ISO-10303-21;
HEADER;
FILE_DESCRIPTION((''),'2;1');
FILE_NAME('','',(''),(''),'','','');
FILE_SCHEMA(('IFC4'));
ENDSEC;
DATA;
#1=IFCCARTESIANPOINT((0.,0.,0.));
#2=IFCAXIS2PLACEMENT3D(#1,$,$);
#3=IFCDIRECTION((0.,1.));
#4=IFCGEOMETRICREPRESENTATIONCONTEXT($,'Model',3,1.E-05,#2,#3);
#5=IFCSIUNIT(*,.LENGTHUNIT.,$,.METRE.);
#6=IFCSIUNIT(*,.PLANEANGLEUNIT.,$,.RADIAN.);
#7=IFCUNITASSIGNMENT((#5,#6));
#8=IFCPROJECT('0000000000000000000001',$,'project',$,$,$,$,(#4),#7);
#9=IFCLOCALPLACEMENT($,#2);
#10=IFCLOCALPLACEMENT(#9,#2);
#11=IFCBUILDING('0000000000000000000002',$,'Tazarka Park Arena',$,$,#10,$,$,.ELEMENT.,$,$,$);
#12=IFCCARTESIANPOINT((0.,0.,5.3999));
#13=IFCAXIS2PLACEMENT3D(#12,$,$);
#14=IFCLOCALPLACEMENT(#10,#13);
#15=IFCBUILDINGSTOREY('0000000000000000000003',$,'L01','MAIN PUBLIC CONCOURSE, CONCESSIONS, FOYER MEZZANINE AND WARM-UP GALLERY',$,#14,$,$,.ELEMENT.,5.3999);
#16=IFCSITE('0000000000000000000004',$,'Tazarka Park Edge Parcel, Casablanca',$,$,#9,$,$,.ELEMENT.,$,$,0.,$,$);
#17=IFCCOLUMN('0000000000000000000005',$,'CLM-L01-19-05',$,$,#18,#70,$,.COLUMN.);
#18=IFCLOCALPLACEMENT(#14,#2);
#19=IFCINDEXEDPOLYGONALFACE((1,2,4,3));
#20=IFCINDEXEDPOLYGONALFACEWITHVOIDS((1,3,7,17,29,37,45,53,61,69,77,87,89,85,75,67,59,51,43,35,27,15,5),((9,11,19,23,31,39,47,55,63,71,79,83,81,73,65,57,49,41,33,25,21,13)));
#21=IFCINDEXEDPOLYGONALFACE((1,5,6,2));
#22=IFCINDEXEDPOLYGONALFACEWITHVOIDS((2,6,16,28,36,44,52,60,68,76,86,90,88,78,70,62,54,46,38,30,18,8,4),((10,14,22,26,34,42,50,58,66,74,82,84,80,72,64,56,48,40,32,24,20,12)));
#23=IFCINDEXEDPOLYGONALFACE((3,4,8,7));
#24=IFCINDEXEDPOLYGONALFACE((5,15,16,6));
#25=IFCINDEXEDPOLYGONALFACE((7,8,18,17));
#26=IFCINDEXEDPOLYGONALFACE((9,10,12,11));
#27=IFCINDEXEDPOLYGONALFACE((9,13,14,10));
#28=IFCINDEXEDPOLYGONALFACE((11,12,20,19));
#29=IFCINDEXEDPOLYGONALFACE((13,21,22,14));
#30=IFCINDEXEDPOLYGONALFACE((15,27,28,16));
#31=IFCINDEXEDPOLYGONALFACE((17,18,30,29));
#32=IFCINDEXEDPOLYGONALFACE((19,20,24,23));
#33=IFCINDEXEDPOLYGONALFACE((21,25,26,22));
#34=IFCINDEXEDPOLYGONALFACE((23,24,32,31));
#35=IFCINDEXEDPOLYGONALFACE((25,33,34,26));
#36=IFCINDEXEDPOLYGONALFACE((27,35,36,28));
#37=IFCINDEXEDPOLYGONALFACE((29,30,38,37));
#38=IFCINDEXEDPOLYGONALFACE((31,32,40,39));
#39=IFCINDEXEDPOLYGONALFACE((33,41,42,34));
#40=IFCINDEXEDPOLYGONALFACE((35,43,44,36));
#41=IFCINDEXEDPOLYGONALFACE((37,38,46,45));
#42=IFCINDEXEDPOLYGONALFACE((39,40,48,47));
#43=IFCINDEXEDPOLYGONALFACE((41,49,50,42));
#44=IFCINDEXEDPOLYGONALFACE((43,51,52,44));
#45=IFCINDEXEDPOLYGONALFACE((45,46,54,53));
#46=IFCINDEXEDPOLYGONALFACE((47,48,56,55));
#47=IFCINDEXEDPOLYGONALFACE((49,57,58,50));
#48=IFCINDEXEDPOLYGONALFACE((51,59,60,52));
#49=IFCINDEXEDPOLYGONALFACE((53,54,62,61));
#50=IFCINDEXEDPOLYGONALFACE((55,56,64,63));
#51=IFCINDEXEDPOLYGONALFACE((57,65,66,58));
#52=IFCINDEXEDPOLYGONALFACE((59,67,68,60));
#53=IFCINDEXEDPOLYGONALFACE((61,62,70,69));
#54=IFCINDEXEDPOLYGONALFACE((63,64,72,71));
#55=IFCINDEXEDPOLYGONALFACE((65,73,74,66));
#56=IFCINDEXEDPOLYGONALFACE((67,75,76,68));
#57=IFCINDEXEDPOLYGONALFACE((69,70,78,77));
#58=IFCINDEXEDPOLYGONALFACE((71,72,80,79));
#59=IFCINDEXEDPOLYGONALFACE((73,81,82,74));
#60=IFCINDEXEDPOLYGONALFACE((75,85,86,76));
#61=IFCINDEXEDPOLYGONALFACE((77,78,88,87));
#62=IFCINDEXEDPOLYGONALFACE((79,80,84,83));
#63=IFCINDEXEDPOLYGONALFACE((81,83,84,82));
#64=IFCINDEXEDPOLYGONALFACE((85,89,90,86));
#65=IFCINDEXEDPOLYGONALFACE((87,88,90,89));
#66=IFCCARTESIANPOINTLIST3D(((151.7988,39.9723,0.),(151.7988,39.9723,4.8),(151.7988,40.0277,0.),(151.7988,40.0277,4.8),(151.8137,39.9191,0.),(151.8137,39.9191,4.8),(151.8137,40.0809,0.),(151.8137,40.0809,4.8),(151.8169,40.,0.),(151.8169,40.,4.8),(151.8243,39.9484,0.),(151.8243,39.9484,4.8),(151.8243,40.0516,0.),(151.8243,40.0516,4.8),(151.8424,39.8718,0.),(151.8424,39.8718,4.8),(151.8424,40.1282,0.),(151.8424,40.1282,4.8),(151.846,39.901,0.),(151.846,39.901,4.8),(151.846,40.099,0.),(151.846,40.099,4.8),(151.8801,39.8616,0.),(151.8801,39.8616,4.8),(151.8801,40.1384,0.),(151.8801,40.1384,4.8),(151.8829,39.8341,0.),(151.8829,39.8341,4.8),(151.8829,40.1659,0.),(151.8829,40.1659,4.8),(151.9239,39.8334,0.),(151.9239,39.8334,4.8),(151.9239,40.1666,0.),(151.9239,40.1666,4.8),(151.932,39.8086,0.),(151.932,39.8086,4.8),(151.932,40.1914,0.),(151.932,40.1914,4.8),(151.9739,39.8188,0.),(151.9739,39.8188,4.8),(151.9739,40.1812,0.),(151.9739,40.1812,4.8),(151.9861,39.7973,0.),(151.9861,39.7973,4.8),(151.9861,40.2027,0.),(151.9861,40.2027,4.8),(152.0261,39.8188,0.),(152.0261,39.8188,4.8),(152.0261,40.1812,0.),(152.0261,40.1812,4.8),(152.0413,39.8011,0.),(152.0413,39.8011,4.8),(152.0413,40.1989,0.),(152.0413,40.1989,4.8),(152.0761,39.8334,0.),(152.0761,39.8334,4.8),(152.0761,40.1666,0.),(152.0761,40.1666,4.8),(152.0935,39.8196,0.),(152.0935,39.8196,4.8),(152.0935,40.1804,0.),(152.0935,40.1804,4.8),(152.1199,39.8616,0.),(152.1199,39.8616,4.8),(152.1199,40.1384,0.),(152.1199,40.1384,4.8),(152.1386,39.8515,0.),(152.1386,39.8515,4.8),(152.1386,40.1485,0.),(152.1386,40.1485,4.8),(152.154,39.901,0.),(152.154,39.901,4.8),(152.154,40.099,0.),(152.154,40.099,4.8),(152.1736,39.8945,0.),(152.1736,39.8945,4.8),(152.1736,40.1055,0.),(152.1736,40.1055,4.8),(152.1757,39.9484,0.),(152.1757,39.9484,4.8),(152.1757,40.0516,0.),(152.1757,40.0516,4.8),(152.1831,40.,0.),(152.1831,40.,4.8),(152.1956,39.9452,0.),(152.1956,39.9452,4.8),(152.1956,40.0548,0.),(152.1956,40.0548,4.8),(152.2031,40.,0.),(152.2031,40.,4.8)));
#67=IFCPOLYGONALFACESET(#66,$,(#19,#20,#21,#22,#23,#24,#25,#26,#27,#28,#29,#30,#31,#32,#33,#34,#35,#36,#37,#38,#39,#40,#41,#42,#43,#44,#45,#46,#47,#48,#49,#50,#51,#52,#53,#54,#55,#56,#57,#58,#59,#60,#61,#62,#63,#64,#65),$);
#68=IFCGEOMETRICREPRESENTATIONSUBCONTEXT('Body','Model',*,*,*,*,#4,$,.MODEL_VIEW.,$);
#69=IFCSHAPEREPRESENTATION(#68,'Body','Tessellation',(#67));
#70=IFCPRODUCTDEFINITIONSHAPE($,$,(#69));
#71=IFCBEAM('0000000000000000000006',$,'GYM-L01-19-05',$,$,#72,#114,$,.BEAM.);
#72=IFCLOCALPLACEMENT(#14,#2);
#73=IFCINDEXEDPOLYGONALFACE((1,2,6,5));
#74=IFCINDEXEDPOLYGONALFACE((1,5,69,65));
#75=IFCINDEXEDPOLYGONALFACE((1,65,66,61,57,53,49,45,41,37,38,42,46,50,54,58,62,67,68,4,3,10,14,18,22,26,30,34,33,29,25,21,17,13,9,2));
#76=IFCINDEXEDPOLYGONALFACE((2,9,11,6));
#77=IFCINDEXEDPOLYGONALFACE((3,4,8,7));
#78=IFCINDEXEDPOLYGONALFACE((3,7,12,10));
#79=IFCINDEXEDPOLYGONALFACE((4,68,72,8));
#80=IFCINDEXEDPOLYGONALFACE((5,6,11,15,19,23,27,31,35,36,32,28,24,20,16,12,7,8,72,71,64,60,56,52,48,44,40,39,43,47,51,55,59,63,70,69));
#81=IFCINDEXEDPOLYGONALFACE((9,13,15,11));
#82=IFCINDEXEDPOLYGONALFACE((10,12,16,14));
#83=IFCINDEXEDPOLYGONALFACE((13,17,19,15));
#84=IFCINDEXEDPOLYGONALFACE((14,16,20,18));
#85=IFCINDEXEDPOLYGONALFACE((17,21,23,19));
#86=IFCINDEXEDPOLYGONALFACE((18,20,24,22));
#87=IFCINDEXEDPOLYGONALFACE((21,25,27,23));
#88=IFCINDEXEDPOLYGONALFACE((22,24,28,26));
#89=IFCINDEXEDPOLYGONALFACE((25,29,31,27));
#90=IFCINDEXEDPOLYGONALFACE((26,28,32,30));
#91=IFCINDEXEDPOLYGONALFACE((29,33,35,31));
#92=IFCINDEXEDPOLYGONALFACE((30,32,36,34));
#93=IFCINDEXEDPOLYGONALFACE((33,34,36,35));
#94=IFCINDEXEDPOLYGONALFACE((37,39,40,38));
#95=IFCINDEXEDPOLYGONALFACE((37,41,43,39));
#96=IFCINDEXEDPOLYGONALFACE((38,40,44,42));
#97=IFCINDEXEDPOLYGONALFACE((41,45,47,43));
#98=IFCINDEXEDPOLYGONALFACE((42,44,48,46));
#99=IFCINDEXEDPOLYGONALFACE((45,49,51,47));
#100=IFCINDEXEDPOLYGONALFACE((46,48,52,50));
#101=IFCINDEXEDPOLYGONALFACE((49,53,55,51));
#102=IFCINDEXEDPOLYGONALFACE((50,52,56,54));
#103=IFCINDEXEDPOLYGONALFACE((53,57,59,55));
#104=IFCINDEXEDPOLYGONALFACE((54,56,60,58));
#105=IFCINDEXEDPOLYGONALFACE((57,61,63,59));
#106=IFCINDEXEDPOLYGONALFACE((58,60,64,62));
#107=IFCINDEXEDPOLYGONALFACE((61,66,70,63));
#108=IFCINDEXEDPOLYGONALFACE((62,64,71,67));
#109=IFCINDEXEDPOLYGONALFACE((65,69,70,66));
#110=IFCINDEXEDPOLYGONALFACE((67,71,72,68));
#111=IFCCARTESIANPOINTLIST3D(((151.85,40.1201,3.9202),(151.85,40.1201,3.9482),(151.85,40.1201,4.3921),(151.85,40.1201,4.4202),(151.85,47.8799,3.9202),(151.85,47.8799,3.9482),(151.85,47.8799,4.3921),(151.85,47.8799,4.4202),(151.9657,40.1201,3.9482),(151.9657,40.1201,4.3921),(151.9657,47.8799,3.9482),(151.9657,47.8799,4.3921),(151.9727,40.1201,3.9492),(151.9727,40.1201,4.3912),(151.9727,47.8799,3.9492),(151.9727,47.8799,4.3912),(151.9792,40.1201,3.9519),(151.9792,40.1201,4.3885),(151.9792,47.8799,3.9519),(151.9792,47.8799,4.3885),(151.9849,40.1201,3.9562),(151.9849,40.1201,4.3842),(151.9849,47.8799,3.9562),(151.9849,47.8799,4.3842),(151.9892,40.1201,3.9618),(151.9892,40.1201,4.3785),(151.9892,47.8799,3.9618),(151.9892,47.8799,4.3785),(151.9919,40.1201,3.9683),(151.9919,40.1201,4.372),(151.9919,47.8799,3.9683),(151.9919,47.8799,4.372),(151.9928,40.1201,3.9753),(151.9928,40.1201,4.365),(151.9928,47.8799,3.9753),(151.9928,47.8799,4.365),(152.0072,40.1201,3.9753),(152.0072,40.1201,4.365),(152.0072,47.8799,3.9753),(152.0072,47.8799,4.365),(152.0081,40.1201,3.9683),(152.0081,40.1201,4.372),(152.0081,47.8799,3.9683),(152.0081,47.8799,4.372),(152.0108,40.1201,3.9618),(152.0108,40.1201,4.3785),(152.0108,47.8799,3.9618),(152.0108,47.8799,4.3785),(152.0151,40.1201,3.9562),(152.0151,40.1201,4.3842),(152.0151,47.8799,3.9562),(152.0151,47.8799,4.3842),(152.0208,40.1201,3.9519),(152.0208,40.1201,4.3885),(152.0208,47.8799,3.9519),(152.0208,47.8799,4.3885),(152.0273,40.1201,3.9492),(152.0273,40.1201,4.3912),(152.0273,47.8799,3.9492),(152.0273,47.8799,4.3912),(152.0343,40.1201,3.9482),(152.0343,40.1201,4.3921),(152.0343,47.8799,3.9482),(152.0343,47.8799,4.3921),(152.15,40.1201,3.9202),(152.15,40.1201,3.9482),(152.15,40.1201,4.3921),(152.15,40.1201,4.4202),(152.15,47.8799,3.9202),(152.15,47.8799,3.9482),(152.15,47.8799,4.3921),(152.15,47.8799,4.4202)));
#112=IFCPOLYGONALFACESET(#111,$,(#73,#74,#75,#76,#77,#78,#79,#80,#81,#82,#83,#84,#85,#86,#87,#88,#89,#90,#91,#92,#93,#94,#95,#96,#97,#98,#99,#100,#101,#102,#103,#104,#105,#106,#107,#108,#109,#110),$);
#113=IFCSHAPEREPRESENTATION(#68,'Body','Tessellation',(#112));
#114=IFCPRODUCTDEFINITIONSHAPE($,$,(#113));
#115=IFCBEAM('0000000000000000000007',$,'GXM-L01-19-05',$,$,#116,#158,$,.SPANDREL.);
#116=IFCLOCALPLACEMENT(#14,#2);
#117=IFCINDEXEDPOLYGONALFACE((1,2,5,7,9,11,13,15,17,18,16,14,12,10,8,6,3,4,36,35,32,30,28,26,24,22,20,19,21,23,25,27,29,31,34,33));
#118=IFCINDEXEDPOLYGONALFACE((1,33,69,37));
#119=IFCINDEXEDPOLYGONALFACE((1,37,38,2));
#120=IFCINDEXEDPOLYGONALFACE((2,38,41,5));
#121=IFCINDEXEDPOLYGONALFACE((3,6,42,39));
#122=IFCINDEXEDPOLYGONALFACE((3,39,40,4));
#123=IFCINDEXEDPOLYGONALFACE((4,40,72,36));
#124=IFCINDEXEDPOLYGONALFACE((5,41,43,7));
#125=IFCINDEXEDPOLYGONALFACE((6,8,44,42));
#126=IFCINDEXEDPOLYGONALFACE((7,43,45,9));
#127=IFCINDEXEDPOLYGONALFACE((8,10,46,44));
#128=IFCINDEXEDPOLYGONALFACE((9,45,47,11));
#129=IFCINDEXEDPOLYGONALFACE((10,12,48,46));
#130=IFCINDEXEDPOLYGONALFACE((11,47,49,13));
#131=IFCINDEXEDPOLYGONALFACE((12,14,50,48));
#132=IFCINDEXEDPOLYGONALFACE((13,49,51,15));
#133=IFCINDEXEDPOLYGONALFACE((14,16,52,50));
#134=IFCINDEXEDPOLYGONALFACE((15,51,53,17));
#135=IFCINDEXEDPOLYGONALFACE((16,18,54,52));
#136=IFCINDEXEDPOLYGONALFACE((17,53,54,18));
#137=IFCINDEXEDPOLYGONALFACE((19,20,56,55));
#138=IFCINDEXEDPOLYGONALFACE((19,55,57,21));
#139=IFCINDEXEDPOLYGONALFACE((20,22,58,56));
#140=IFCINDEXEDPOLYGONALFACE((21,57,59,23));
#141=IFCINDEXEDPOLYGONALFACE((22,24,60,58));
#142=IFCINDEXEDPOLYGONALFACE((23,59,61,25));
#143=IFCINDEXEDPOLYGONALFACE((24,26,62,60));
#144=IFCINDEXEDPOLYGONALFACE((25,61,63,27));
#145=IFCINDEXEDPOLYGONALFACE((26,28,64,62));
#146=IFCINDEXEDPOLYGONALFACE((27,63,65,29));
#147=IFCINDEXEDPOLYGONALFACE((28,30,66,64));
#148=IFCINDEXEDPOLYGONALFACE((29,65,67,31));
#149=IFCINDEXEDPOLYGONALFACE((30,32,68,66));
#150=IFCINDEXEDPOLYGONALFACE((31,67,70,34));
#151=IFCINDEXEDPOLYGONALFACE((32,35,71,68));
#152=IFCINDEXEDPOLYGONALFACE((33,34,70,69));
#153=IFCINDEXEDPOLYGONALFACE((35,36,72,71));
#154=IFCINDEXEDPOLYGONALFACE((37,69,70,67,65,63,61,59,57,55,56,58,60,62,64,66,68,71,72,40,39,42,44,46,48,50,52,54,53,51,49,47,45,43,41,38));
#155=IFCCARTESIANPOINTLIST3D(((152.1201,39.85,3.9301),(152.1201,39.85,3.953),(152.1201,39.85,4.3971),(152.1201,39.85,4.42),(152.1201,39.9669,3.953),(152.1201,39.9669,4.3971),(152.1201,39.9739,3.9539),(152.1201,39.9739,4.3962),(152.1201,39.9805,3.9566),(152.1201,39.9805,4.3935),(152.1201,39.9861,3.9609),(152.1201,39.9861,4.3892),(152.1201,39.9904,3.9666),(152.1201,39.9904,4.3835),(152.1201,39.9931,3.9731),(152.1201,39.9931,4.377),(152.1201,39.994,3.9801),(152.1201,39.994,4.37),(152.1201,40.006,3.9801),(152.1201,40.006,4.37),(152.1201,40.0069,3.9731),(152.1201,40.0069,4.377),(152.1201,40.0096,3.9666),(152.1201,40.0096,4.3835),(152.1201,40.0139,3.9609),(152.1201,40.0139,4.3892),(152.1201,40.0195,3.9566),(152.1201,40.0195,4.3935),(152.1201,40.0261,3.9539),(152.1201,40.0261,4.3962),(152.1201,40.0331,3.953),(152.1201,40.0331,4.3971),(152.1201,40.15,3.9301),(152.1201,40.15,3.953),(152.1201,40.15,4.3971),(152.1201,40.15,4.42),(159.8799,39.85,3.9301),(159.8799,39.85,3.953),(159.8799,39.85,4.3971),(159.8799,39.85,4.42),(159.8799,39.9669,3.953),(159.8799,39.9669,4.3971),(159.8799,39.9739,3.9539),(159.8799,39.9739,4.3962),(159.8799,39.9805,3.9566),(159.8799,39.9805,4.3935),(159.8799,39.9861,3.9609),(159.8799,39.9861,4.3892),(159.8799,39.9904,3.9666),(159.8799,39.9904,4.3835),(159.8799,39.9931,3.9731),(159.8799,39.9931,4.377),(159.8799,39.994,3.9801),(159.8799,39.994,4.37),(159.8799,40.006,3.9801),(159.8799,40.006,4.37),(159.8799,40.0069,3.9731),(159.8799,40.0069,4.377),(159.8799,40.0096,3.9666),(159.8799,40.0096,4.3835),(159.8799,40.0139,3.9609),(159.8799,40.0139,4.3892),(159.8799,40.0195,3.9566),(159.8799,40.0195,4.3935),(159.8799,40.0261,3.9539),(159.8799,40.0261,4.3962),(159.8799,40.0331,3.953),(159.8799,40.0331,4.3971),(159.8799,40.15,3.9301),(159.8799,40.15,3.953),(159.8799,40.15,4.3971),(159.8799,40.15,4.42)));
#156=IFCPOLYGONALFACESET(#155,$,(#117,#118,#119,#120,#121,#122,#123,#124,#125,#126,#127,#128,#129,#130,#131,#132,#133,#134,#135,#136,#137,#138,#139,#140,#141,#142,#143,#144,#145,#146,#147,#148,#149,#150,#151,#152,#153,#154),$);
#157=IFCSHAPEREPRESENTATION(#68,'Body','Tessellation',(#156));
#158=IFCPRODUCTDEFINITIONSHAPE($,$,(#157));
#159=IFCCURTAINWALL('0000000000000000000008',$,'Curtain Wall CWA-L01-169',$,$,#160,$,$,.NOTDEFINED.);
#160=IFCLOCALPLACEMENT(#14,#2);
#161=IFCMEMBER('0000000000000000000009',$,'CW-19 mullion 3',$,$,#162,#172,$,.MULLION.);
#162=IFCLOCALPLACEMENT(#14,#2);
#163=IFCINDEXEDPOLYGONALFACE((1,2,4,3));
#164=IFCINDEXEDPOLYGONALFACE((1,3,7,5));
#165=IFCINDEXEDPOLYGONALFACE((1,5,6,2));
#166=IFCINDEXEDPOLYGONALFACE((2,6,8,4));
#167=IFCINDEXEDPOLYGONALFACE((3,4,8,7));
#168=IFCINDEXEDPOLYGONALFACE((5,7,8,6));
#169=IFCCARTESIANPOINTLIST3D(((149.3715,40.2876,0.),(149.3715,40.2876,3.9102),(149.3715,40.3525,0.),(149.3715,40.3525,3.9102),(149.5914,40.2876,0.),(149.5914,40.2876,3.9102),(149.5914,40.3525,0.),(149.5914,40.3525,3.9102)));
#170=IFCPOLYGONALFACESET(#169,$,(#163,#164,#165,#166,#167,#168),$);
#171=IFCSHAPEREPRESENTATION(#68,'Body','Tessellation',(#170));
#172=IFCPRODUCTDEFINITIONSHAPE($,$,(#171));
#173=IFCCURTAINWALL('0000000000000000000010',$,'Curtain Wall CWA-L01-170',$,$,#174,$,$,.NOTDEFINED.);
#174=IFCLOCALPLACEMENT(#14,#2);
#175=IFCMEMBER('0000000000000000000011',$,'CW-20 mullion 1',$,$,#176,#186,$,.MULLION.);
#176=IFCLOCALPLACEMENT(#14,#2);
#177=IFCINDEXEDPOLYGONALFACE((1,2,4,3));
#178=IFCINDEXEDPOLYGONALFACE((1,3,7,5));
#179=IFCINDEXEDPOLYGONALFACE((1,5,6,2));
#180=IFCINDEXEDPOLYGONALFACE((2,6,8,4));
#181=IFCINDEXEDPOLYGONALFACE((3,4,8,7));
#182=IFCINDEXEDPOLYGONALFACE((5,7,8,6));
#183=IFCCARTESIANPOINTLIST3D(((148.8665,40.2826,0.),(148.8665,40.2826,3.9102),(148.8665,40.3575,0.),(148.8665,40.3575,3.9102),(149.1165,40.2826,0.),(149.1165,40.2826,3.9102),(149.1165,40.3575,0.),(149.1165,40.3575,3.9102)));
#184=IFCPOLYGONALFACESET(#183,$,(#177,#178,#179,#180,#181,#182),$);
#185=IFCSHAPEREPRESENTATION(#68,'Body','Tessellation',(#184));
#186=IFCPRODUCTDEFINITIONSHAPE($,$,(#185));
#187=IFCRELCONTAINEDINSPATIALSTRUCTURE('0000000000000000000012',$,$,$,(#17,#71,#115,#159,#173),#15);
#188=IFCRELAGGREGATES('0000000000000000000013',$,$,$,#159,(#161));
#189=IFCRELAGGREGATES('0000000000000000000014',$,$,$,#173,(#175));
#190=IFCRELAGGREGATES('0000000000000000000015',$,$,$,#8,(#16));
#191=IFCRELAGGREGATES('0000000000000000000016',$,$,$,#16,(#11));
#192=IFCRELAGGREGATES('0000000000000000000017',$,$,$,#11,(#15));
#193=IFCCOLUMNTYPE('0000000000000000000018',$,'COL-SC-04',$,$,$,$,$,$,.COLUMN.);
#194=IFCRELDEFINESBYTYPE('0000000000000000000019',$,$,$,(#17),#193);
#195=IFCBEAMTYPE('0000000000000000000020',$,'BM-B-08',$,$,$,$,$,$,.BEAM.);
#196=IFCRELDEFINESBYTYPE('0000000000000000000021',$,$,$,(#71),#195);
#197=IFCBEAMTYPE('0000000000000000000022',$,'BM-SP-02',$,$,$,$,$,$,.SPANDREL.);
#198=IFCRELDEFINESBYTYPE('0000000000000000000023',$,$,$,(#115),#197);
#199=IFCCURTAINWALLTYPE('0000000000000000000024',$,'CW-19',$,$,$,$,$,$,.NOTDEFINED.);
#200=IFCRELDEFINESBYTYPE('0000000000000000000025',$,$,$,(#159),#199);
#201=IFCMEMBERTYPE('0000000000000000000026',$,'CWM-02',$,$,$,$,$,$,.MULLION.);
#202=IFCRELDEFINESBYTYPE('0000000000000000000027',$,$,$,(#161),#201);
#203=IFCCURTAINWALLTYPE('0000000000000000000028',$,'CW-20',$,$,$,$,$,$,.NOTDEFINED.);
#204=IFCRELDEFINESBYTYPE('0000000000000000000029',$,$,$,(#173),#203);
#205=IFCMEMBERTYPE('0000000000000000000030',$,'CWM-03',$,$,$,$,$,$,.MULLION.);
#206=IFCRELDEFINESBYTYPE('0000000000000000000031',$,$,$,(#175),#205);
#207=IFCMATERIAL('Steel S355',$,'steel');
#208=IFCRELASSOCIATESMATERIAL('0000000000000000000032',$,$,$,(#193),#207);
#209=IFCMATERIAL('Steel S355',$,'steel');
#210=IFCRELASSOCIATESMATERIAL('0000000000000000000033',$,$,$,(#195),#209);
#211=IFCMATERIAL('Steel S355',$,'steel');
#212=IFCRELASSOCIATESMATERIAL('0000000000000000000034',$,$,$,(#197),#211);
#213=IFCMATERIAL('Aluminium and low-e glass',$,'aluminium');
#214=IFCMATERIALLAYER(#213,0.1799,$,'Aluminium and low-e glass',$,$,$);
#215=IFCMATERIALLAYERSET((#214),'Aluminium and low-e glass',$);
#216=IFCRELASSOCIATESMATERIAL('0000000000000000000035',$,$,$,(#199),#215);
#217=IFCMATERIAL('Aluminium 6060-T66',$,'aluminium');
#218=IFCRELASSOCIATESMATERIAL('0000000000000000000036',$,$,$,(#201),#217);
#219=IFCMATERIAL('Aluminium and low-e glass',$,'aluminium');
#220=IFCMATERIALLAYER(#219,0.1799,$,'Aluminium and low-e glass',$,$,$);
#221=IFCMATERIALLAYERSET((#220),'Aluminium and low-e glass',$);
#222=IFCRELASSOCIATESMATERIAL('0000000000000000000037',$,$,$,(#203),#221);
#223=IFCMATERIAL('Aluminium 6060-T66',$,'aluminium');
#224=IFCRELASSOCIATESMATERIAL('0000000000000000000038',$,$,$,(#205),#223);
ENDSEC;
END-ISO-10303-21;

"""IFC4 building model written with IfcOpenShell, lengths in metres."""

from ifc_helpers import new_model, si_unit, direction, frame, origin, origin_2d, place, context, subcontext, project, spatial, rectangle, hollow_circle, i_section, extrude, material, layer, layer_set, material_profile, profile_set, type_object, element, aggregate, save


model = new_model("IFC4")

# Units and contexts
model_context = context("Model", 3, precision=1e-05, world=origin(), true_north=direction((0.0, 1.0)))
body_context = subcontext(model_context, "Body", "Model", "MODEL_VIEW")
ifc_project = project(units=[si_unit("LENGTHUNIT", "METRE"), si_unit("PLANEANGLEUNIT", "RADIAN")], contexts=[model_context])

# Site, building, storey
site_placement = place(None, origin())
site = spatial("IfcSite", under=ifc_project, at=site_placement, Name="Tazarka Park Edge Parcel, Casablanca", CompositionType="ELEMENT", RefElevation=0.0)
building_placement = place(site_placement, origin())
building = spatial("IfcBuilding", under=site, at=building_placement, Name="Tazarka Park Arena", CompositionType="ELEMENT")
storey_placement = place(building_placement, frame((0.0, 0.0, 5.3999)))
storey = spatial("IfcBuildingStorey", under=building, at=storey_placement, Name="L01", Description="MAIN PUBLIC CONCOURSE, CONCESSIONS, FOYER MEZZANINE AND WARM-UP GALLERY", CompositionType="ELEMENT", Elevation=5.3999)

# Column
ifc_material_1 = material(Name="Steel S355", Category="steel")
ifc_material_profile_1 = material_profile(ifc_material_1, hollow_circle(Radius=0.2031, WallThickness=0.02, at=origin_2d()), Name="Steel S355")
ifc_profile_set_1 = profile_set([ifc_material_profile_1], Name="Steel S355")
column_type = type_object("IfcColumnType", Name="COL-SC-04", PredefinedType="COLUMN", material=ifc_profile_set_1)
column_placement = place(storey_placement, frame((152.0, 40.0, 0.0), z_axis=(0.0, 0.0, 1.0), x_axis=(1.0, 0.0, 0.0)))
element("IfcColumn", 1, at=column_placement, inside=storey, type_object=column_type, Name="CLM-L01-19-05", PredefinedType="COLUMN", context=body_context, shape_type="SweptSolid", body=[
    extrude(hollow_circle(Radius=0.2031, WallThickness=0.02, at=origin_2d()), origin(), (0.0, 0.0, 1.0), 4.8),
])

# Beams
ifc_material_2 = material(Name="Steel S355", Category="steel")
ifc_material_profile_2 = material_profile(ifc_material_2, i_section(OverallWidth=0.3, OverallDepth=0.5, WebThickness=0.0144, FlangeThickness=0.0281, FilletRadius=0.0271, at=origin_2d()), Name="Steel S355")
ifc_profile_set_2 = profile_set([ifc_material_profile_2], Name="Steel S355")
beam_type_1 = type_object("IfcBeamType", Name="BM-B-08", PredefinedType="BEAM", material=ifc_profile_set_2)
beam_1_placement = place(storey_placement, frame((152.0, 40.1201, 4.1702), z_axis=(0.0, 1.0, 0.0), x_axis=(-1.0, 0.0, 0.0)))
element("IfcBeam", 2, at=beam_1_placement, inside=storey, type_object=beam_type_1, Name="GYM-L01-19-05", PredefinedType="BEAM", context=body_context, shape_type="SweptSolid", body=[
    extrude(i_section(OverallWidth=0.3, OverallDepth=0.5, WebThickness=0.0144, FlangeThickness=0.0281, FilletRadius=0.0271, at=origin_2d()), origin(), (0.0, 0.0, 1.0), 7.7598),
])
ifc_material_3 = material(Name="Steel S355", Category="steel")
ifc_material_profile_3 = material_profile(ifc_material_3, i_section(OverallWidth=0.3, OverallDepth=0.49, WebThickness=0.012, FlangeThickness=0.0229, FilletRadius=0.0271, at=origin_2d()), Name="Steel S355")
ifc_profile_set_3 = profile_set([ifc_material_profile_3], Name="Steel S355")
beam_type_2 = type_object("IfcBeamType", Name="BM-SP-02", PredefinedType="SPANDREL", material=ifc_profile_set_3)
beam_2_placement = place(storey_placement, frame((152.1201, 40.0, 4.175), z_axis=(1.0, 0.0, 0.0), x_axis=(0.0, 1.0, 0.0)))
element("IfcBeam", 3, at=beam_2_placement, inside=storey, type_object=beam_type_2, Name="GXM-L01-19-05", PredefinedType="SPANDREL", context=body_context, shape_type="SweptSolid", body=[
    extrude(i_section(OverallWidth=0.3, OverallDepth=0.49, WebThickness=0.012, FlangeThickness=0.0229, FilletRadius=0.0271, at=origin_2d()), origin(), (0.0, 0.0, 1.0), 7.7598),
])

# Curtain wall, member
ifc_material_4 = material(Name="Aluminium and low-e glass", Category="aluminium")
ifc_layer_1 = layer(ifc_material_4, 0.1799, Name="Aluminium and low-e glass")
ifc_layer_set_1 = layer_set([ifc_layer_1], Name="Aluminium and low-e glass")
curtain_wall_type_1 = type_object("IfcCurtainWallType", Name="CW-19", PredefinedType="NOTDEFINED", material=ifc_layer_set_1)
curtain_wall_1_placement = place(storey_placement, origin())
curtain_wall_1 = element("IfcCurtainWall", 4, at=curtain_wall_1_placement, inside=storey, type_object=curtain_wall_type_1, Name="Curtain Wall CWA-L01-169", PredefinedType="NOTDEFINED")
ifc_material_5 = material(Name="Aluminium 6060-T66", Category="aluminium")
ifc_material_profile_4 = material_profile(ifc_material_5, rectangle(XDim=0.0649, YDim=0.22, at=origin_2d()), Name="Aluminium 6060-T66")
ifc_profile_set_4 = profile_set([ifc_material_profile_4], Name="Aluminium 6060-T66")
member_type_1 = type_object("IfcMemberType", Name="CWM-02", PredefinedType="MULLION", material=ifc_profile_set_4)
member_1_placement = place(storey_placement, frame((149.4814, 40.3201, 0.0), z_axis=(0.0, 0.0, 1.0), x_axis=(0.0, -1.0, 0.0)))
member_1 = element("IfcMember", 5, at=member_1_placement, type_object=member_type_1, Name="CW-19 mullion 3", PredefinedType="MULLION", context=body_context, shape_type="SweptSolid", body=[
    extrude(rectangle(XDim=0.0649, YDim=0.22, at=origin_2d()), origin(), (0.0, 0.0, 1.0), 3.9102),
])

# Curtain wall, member
ifc_material_6 = material(Name="Aluminium and low-e glass", Category="aluminium")
ifc_layer_2 = layer(ifc_material_6, 0.1799, Name="Aluminium and low-e glass")
ifc_layer_set_2 = layer_set([ifc_layer_2], Name="Aluminium and low-e glass")
curtain_wall_type_2 = type_object("IfcCurtainWallType", Name="CW-20", PredefinedType="NOTDEFINED", material=ifc_layer_set_2)
curtain_wall_2_placement = place(storey_placement, origin())
curtain_wall_2 = element("IfcCurtainWall", 6, at=curtain_wall_2_placement, inside=storey, type_object=curtain_wall_type_2, Name="Curtain Wall CWA-L01-170", PredefinedType="NOTDEFINED")
ifc_material_7 = material(Name="Aluminium 6060-T66", Category="aluminium")
ifc_material_profile_5 = material_profile(ifc_material_7, rectangle(XDim=0.075, YDim=0.25, at=origin_2d()), Name="Aluminium 6060-T66")
ifc_profile_set_5 = profile_set([ifc_material_profile_5], Name="Aluminium 6060-T66")
member_type_2 = type_object("IfcMemberType", Name="CWM-03", PredefinedType="MULLION", material=ifc_profile_set_5)
member_2_placement = place(storey_placement, frame((148.9915, 40.3201, 0.0), z_axis=(0.0, 0.0, 1.0), x_axis=(0.0, -1.0, 0.0)))
member_2 = element("IfcMember", 7, at=member_2_placement, type_object=member_type_2, Name="CW-20 mullion 1", PredefinedType="MULLION", context=body_context, shape_type="SweptSolid", body=[
    extrude(rectangle(XDim=0.075, YDim=0.25, at=origin_2d()), origin(), (0.0, 0.0, 1.0), 3.9102),
])

aggregate(curtain_wall_1, [member_1])
aggregate(curtain_wall_2, [member_2])

save(model, "model.ifc")
